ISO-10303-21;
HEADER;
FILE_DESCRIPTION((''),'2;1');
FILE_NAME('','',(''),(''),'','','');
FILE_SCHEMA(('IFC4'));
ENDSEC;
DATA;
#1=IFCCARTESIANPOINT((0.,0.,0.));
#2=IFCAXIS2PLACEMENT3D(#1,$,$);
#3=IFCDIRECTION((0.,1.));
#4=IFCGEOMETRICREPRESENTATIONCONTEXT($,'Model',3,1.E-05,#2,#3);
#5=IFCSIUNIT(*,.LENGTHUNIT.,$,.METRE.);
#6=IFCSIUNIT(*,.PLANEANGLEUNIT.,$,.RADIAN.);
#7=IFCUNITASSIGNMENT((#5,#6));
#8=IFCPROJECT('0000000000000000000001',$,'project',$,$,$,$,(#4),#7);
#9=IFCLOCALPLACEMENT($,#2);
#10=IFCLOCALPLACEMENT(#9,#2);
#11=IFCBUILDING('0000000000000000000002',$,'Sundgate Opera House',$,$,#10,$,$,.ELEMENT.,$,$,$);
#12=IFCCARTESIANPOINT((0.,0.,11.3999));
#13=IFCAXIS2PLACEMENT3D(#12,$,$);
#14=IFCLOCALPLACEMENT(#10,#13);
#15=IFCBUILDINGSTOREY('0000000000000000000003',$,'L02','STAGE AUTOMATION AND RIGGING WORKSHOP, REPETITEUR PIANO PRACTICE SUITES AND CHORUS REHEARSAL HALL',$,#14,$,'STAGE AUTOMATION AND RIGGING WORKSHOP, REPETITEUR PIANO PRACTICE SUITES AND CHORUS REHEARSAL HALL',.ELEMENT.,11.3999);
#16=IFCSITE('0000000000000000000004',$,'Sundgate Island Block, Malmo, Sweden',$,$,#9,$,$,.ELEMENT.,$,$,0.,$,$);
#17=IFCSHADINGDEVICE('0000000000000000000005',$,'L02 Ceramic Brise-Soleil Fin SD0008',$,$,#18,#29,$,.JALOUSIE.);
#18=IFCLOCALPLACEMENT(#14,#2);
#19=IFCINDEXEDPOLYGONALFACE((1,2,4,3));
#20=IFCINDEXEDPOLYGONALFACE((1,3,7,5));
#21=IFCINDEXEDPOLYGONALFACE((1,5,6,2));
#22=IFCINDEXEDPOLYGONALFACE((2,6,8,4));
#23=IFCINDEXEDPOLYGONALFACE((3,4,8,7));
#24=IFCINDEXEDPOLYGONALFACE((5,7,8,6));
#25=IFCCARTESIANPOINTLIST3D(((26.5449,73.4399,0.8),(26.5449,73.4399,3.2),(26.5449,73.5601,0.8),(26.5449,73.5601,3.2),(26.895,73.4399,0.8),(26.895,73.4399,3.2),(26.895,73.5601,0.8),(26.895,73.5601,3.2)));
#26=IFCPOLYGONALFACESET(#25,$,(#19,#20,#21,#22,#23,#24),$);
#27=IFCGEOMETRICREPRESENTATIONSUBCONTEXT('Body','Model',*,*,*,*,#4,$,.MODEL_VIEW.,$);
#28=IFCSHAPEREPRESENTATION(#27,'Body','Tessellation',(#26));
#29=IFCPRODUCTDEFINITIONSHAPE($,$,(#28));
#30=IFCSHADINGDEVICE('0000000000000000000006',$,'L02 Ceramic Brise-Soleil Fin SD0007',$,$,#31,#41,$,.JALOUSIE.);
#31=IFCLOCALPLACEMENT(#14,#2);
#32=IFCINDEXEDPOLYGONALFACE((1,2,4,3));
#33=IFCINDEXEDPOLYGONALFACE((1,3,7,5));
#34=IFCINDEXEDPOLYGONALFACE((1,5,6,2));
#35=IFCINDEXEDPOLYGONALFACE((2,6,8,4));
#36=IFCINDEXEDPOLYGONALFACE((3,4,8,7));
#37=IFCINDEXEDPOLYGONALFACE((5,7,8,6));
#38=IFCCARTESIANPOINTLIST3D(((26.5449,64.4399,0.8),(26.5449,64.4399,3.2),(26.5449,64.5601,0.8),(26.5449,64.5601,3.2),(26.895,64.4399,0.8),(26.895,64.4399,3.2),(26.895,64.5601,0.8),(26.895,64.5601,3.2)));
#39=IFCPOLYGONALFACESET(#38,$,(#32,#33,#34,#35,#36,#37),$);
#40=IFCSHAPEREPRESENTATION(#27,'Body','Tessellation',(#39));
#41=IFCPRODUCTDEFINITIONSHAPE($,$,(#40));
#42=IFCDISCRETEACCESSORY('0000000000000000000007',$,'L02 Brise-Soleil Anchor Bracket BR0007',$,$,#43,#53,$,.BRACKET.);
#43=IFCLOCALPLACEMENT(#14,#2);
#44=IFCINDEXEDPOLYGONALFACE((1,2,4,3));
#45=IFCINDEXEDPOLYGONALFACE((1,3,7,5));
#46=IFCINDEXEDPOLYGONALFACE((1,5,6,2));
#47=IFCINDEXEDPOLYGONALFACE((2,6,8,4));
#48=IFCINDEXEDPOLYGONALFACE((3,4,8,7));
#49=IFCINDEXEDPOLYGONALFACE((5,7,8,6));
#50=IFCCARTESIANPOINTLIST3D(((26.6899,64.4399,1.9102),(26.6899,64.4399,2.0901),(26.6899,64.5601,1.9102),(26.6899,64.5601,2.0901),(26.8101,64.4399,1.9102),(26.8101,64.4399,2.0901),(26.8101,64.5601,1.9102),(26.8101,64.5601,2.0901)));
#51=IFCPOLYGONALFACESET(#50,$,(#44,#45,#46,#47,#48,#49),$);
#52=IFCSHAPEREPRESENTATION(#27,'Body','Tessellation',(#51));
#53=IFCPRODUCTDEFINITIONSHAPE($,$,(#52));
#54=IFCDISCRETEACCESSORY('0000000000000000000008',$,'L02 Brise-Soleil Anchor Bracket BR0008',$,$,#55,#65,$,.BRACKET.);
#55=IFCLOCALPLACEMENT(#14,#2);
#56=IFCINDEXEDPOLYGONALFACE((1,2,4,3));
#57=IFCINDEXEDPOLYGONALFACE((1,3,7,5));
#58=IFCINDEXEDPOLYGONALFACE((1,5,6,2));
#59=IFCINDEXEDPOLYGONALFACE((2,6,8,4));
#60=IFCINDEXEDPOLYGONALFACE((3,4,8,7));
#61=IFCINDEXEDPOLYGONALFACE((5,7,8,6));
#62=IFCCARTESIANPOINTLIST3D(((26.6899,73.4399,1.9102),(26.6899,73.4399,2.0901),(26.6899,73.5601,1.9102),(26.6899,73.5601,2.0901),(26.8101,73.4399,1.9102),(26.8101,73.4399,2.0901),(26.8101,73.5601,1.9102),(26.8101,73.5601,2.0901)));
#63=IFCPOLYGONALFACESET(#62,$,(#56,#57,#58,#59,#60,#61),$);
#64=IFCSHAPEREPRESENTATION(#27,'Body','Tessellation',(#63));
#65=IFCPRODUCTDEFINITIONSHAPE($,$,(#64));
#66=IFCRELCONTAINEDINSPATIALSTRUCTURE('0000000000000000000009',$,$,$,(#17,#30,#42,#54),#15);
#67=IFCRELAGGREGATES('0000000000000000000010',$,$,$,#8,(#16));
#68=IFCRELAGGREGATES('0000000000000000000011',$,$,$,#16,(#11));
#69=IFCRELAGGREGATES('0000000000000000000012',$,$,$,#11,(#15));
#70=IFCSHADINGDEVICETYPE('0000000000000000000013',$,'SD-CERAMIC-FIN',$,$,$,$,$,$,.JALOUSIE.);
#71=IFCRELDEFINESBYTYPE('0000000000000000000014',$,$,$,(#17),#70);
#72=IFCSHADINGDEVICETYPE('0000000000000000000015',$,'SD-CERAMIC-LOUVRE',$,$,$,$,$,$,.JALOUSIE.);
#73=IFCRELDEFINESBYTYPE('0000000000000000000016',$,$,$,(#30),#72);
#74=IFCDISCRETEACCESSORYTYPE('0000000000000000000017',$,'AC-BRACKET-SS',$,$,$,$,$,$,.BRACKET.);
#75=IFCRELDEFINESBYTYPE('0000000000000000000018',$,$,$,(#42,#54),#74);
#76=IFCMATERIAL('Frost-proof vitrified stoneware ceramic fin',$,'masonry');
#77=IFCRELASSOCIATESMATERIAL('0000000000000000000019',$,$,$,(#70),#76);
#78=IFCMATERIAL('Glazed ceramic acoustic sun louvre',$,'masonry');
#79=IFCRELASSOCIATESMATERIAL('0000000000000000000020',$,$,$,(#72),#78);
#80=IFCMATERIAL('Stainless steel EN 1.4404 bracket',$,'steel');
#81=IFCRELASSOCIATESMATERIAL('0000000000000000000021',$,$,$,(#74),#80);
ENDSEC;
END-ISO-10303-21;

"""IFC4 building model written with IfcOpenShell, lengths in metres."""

from ifc_helpers import new_model, si_unit, direction, frame, origin, origin_2d, place, context, subcontext, project, spatial, rectangle, extrude, material, type_object, element, save


model = new_model("IFC4")

# Units and contexts
model_context = context("Model", 3, precision=1e-05, world=origin(), true_north=direction((0.0, 1.0)))
body_context = subcontext(model_context, "Body", "Model", "MODEL_VIEW")
ifc_project = project(units=[si_unit("LENGTHUNIT", "METRE"), si_unit("PLANEANGLEUNIT", "RADIAN")], contexts=[model_context])

# Site, building, storey
site_placement = place(None, origin())
site = spatial("IfcSite", under=ifc_project, at=site_placement, Name="Sundgate Island Block, Malmo, Sweden", CompositionType="ELEMENT", RefElevation=0.0)
building_placement = place(site_placement, origin())
building = spatial("IfcBuilding", under=site, at=building_placement, Name="Sundgate Opera House", CompositionType="ELEMENT")
storey_placement = place(building_placement, frame((0.0, 0.0, 11.3999)))
storey = spatial("IfcBuildingStorey", under=building, at=storey_placement, Name="L02", Description="STAGE AUTOMATION AND RIGGING WORKSHOP, REPETITEUR PIANO PRACTICE SUITES AND CHORUS REHEARSAL HALL", LongName="STAGE AUTOMATION AND RIGGING WORKSHOP, REPETITEUR PIANO PRACTICE SUITES AND CHORUS REHEARSAL HALL", CompositionType="ELEMENT", Elevation=11.3999)

# Shading devices
ifc_material_1 = material(Name="Frost-proof vitrified stoneware ceramic fin", Category="masonry")
shading_device_type_1 = type_object("IfcShadingDeviceType", Name="SD-CERAMIC-FIN", PredefinedType="JALOUSIE", material=ifc_material_1)
shading_device_1_placement = place(storey_placement, frame((26.72, 73.5, 0.8), z_axis=(0.0, 0.0, 1.0), x_axis=(1.0, 0.0, 0.0)))
element("IfcShadingDevice", 1, at=shading_device_1_placement, inside=storey, type_object=shading_device_type_1, Name="L02 Ceramic Brise-Soleil Fin SD0008", PredefinedType="JALOUSIE", context=body_context, shape_type="SweptSolid", body=[
    extrude(rectangle(XDim=0.3501, YDim=0.1201, at=origin_2d()), origin(), (0.0, 0.0, 1.0), 2.3999),
])
ifc_material_2 = material(Name="Glazed ceramic acoustic sun louvre", Category="masonry")
shading_device_type_2 = type_object("IfcShadingDeviceType", Name="SD-CERAMIC-LOUVRE", PredefinedType="JALOUSIE", material=ifc_material_2)
shading_device_2_placement = place(storey_placement, frame((26.72, 64.5, 0.8), z_axis=(0.0, 0.0, 1.0), x_axis=(1.0, 0.0, 0.0)))
element("IfcShadingDevice", 2, at=shading_device_2_placement, inside=storey, type_object=shading_device_type_2, Name="L02 Ceramic Brise-Soleil Fin SD0007", PredefinedType="JALOUSIE", context=body_context, shape_type="SweptSolid", body=[
    extrude(rectangle(XDim=0.3501, YDim=0.1201, at=origin_2d()), origin(), (0.0, 0.0, 1.0), 2.3999),
])

# Discrete accessories
ifc_material_3 = material(Name="Stainless steel EN 1.4404 bracket", Category="steel")
discrete_accessory_type = type_object("IfcDiscreteAccessoryType", Name="AC-BRACKET-SS", PredefinedType="BRACKET", material=ifc_material_3)
for number, where, z_axis, x_axis, name in (
    (3, (26.75, 64.5, 1.9102), (0.0, 0.0, 1.0), (1.0, 0.0, 0.0), "L02 Brise-Soleil Anchor Bracket BR0007"),
    (4, (26.75, 73.5, 1.9102), (0.0, 0.0, 1.0), (1.0, 0.0, 0.0), "L02 Brise-Soleil Anchor Bracket BR0008"),
):
    element("IfcDiscreteAccessory", number, at=place(storey_placement, frame(where, z_axis=z_axis, x_axis=x_axis)), inside=storey, type_object=discrete_accessory_type, Name=name, PredefinedType="BRACKET", context=body_context, shape_type="SweptSolid", body=[
        extrude(rectangle(XDim=0.1201, YDim=0.1201, at=origin_2d()), origin(), (0.0, 0.0, 1.0), 0.1799),
    ])

save(model, "model.ifc")
